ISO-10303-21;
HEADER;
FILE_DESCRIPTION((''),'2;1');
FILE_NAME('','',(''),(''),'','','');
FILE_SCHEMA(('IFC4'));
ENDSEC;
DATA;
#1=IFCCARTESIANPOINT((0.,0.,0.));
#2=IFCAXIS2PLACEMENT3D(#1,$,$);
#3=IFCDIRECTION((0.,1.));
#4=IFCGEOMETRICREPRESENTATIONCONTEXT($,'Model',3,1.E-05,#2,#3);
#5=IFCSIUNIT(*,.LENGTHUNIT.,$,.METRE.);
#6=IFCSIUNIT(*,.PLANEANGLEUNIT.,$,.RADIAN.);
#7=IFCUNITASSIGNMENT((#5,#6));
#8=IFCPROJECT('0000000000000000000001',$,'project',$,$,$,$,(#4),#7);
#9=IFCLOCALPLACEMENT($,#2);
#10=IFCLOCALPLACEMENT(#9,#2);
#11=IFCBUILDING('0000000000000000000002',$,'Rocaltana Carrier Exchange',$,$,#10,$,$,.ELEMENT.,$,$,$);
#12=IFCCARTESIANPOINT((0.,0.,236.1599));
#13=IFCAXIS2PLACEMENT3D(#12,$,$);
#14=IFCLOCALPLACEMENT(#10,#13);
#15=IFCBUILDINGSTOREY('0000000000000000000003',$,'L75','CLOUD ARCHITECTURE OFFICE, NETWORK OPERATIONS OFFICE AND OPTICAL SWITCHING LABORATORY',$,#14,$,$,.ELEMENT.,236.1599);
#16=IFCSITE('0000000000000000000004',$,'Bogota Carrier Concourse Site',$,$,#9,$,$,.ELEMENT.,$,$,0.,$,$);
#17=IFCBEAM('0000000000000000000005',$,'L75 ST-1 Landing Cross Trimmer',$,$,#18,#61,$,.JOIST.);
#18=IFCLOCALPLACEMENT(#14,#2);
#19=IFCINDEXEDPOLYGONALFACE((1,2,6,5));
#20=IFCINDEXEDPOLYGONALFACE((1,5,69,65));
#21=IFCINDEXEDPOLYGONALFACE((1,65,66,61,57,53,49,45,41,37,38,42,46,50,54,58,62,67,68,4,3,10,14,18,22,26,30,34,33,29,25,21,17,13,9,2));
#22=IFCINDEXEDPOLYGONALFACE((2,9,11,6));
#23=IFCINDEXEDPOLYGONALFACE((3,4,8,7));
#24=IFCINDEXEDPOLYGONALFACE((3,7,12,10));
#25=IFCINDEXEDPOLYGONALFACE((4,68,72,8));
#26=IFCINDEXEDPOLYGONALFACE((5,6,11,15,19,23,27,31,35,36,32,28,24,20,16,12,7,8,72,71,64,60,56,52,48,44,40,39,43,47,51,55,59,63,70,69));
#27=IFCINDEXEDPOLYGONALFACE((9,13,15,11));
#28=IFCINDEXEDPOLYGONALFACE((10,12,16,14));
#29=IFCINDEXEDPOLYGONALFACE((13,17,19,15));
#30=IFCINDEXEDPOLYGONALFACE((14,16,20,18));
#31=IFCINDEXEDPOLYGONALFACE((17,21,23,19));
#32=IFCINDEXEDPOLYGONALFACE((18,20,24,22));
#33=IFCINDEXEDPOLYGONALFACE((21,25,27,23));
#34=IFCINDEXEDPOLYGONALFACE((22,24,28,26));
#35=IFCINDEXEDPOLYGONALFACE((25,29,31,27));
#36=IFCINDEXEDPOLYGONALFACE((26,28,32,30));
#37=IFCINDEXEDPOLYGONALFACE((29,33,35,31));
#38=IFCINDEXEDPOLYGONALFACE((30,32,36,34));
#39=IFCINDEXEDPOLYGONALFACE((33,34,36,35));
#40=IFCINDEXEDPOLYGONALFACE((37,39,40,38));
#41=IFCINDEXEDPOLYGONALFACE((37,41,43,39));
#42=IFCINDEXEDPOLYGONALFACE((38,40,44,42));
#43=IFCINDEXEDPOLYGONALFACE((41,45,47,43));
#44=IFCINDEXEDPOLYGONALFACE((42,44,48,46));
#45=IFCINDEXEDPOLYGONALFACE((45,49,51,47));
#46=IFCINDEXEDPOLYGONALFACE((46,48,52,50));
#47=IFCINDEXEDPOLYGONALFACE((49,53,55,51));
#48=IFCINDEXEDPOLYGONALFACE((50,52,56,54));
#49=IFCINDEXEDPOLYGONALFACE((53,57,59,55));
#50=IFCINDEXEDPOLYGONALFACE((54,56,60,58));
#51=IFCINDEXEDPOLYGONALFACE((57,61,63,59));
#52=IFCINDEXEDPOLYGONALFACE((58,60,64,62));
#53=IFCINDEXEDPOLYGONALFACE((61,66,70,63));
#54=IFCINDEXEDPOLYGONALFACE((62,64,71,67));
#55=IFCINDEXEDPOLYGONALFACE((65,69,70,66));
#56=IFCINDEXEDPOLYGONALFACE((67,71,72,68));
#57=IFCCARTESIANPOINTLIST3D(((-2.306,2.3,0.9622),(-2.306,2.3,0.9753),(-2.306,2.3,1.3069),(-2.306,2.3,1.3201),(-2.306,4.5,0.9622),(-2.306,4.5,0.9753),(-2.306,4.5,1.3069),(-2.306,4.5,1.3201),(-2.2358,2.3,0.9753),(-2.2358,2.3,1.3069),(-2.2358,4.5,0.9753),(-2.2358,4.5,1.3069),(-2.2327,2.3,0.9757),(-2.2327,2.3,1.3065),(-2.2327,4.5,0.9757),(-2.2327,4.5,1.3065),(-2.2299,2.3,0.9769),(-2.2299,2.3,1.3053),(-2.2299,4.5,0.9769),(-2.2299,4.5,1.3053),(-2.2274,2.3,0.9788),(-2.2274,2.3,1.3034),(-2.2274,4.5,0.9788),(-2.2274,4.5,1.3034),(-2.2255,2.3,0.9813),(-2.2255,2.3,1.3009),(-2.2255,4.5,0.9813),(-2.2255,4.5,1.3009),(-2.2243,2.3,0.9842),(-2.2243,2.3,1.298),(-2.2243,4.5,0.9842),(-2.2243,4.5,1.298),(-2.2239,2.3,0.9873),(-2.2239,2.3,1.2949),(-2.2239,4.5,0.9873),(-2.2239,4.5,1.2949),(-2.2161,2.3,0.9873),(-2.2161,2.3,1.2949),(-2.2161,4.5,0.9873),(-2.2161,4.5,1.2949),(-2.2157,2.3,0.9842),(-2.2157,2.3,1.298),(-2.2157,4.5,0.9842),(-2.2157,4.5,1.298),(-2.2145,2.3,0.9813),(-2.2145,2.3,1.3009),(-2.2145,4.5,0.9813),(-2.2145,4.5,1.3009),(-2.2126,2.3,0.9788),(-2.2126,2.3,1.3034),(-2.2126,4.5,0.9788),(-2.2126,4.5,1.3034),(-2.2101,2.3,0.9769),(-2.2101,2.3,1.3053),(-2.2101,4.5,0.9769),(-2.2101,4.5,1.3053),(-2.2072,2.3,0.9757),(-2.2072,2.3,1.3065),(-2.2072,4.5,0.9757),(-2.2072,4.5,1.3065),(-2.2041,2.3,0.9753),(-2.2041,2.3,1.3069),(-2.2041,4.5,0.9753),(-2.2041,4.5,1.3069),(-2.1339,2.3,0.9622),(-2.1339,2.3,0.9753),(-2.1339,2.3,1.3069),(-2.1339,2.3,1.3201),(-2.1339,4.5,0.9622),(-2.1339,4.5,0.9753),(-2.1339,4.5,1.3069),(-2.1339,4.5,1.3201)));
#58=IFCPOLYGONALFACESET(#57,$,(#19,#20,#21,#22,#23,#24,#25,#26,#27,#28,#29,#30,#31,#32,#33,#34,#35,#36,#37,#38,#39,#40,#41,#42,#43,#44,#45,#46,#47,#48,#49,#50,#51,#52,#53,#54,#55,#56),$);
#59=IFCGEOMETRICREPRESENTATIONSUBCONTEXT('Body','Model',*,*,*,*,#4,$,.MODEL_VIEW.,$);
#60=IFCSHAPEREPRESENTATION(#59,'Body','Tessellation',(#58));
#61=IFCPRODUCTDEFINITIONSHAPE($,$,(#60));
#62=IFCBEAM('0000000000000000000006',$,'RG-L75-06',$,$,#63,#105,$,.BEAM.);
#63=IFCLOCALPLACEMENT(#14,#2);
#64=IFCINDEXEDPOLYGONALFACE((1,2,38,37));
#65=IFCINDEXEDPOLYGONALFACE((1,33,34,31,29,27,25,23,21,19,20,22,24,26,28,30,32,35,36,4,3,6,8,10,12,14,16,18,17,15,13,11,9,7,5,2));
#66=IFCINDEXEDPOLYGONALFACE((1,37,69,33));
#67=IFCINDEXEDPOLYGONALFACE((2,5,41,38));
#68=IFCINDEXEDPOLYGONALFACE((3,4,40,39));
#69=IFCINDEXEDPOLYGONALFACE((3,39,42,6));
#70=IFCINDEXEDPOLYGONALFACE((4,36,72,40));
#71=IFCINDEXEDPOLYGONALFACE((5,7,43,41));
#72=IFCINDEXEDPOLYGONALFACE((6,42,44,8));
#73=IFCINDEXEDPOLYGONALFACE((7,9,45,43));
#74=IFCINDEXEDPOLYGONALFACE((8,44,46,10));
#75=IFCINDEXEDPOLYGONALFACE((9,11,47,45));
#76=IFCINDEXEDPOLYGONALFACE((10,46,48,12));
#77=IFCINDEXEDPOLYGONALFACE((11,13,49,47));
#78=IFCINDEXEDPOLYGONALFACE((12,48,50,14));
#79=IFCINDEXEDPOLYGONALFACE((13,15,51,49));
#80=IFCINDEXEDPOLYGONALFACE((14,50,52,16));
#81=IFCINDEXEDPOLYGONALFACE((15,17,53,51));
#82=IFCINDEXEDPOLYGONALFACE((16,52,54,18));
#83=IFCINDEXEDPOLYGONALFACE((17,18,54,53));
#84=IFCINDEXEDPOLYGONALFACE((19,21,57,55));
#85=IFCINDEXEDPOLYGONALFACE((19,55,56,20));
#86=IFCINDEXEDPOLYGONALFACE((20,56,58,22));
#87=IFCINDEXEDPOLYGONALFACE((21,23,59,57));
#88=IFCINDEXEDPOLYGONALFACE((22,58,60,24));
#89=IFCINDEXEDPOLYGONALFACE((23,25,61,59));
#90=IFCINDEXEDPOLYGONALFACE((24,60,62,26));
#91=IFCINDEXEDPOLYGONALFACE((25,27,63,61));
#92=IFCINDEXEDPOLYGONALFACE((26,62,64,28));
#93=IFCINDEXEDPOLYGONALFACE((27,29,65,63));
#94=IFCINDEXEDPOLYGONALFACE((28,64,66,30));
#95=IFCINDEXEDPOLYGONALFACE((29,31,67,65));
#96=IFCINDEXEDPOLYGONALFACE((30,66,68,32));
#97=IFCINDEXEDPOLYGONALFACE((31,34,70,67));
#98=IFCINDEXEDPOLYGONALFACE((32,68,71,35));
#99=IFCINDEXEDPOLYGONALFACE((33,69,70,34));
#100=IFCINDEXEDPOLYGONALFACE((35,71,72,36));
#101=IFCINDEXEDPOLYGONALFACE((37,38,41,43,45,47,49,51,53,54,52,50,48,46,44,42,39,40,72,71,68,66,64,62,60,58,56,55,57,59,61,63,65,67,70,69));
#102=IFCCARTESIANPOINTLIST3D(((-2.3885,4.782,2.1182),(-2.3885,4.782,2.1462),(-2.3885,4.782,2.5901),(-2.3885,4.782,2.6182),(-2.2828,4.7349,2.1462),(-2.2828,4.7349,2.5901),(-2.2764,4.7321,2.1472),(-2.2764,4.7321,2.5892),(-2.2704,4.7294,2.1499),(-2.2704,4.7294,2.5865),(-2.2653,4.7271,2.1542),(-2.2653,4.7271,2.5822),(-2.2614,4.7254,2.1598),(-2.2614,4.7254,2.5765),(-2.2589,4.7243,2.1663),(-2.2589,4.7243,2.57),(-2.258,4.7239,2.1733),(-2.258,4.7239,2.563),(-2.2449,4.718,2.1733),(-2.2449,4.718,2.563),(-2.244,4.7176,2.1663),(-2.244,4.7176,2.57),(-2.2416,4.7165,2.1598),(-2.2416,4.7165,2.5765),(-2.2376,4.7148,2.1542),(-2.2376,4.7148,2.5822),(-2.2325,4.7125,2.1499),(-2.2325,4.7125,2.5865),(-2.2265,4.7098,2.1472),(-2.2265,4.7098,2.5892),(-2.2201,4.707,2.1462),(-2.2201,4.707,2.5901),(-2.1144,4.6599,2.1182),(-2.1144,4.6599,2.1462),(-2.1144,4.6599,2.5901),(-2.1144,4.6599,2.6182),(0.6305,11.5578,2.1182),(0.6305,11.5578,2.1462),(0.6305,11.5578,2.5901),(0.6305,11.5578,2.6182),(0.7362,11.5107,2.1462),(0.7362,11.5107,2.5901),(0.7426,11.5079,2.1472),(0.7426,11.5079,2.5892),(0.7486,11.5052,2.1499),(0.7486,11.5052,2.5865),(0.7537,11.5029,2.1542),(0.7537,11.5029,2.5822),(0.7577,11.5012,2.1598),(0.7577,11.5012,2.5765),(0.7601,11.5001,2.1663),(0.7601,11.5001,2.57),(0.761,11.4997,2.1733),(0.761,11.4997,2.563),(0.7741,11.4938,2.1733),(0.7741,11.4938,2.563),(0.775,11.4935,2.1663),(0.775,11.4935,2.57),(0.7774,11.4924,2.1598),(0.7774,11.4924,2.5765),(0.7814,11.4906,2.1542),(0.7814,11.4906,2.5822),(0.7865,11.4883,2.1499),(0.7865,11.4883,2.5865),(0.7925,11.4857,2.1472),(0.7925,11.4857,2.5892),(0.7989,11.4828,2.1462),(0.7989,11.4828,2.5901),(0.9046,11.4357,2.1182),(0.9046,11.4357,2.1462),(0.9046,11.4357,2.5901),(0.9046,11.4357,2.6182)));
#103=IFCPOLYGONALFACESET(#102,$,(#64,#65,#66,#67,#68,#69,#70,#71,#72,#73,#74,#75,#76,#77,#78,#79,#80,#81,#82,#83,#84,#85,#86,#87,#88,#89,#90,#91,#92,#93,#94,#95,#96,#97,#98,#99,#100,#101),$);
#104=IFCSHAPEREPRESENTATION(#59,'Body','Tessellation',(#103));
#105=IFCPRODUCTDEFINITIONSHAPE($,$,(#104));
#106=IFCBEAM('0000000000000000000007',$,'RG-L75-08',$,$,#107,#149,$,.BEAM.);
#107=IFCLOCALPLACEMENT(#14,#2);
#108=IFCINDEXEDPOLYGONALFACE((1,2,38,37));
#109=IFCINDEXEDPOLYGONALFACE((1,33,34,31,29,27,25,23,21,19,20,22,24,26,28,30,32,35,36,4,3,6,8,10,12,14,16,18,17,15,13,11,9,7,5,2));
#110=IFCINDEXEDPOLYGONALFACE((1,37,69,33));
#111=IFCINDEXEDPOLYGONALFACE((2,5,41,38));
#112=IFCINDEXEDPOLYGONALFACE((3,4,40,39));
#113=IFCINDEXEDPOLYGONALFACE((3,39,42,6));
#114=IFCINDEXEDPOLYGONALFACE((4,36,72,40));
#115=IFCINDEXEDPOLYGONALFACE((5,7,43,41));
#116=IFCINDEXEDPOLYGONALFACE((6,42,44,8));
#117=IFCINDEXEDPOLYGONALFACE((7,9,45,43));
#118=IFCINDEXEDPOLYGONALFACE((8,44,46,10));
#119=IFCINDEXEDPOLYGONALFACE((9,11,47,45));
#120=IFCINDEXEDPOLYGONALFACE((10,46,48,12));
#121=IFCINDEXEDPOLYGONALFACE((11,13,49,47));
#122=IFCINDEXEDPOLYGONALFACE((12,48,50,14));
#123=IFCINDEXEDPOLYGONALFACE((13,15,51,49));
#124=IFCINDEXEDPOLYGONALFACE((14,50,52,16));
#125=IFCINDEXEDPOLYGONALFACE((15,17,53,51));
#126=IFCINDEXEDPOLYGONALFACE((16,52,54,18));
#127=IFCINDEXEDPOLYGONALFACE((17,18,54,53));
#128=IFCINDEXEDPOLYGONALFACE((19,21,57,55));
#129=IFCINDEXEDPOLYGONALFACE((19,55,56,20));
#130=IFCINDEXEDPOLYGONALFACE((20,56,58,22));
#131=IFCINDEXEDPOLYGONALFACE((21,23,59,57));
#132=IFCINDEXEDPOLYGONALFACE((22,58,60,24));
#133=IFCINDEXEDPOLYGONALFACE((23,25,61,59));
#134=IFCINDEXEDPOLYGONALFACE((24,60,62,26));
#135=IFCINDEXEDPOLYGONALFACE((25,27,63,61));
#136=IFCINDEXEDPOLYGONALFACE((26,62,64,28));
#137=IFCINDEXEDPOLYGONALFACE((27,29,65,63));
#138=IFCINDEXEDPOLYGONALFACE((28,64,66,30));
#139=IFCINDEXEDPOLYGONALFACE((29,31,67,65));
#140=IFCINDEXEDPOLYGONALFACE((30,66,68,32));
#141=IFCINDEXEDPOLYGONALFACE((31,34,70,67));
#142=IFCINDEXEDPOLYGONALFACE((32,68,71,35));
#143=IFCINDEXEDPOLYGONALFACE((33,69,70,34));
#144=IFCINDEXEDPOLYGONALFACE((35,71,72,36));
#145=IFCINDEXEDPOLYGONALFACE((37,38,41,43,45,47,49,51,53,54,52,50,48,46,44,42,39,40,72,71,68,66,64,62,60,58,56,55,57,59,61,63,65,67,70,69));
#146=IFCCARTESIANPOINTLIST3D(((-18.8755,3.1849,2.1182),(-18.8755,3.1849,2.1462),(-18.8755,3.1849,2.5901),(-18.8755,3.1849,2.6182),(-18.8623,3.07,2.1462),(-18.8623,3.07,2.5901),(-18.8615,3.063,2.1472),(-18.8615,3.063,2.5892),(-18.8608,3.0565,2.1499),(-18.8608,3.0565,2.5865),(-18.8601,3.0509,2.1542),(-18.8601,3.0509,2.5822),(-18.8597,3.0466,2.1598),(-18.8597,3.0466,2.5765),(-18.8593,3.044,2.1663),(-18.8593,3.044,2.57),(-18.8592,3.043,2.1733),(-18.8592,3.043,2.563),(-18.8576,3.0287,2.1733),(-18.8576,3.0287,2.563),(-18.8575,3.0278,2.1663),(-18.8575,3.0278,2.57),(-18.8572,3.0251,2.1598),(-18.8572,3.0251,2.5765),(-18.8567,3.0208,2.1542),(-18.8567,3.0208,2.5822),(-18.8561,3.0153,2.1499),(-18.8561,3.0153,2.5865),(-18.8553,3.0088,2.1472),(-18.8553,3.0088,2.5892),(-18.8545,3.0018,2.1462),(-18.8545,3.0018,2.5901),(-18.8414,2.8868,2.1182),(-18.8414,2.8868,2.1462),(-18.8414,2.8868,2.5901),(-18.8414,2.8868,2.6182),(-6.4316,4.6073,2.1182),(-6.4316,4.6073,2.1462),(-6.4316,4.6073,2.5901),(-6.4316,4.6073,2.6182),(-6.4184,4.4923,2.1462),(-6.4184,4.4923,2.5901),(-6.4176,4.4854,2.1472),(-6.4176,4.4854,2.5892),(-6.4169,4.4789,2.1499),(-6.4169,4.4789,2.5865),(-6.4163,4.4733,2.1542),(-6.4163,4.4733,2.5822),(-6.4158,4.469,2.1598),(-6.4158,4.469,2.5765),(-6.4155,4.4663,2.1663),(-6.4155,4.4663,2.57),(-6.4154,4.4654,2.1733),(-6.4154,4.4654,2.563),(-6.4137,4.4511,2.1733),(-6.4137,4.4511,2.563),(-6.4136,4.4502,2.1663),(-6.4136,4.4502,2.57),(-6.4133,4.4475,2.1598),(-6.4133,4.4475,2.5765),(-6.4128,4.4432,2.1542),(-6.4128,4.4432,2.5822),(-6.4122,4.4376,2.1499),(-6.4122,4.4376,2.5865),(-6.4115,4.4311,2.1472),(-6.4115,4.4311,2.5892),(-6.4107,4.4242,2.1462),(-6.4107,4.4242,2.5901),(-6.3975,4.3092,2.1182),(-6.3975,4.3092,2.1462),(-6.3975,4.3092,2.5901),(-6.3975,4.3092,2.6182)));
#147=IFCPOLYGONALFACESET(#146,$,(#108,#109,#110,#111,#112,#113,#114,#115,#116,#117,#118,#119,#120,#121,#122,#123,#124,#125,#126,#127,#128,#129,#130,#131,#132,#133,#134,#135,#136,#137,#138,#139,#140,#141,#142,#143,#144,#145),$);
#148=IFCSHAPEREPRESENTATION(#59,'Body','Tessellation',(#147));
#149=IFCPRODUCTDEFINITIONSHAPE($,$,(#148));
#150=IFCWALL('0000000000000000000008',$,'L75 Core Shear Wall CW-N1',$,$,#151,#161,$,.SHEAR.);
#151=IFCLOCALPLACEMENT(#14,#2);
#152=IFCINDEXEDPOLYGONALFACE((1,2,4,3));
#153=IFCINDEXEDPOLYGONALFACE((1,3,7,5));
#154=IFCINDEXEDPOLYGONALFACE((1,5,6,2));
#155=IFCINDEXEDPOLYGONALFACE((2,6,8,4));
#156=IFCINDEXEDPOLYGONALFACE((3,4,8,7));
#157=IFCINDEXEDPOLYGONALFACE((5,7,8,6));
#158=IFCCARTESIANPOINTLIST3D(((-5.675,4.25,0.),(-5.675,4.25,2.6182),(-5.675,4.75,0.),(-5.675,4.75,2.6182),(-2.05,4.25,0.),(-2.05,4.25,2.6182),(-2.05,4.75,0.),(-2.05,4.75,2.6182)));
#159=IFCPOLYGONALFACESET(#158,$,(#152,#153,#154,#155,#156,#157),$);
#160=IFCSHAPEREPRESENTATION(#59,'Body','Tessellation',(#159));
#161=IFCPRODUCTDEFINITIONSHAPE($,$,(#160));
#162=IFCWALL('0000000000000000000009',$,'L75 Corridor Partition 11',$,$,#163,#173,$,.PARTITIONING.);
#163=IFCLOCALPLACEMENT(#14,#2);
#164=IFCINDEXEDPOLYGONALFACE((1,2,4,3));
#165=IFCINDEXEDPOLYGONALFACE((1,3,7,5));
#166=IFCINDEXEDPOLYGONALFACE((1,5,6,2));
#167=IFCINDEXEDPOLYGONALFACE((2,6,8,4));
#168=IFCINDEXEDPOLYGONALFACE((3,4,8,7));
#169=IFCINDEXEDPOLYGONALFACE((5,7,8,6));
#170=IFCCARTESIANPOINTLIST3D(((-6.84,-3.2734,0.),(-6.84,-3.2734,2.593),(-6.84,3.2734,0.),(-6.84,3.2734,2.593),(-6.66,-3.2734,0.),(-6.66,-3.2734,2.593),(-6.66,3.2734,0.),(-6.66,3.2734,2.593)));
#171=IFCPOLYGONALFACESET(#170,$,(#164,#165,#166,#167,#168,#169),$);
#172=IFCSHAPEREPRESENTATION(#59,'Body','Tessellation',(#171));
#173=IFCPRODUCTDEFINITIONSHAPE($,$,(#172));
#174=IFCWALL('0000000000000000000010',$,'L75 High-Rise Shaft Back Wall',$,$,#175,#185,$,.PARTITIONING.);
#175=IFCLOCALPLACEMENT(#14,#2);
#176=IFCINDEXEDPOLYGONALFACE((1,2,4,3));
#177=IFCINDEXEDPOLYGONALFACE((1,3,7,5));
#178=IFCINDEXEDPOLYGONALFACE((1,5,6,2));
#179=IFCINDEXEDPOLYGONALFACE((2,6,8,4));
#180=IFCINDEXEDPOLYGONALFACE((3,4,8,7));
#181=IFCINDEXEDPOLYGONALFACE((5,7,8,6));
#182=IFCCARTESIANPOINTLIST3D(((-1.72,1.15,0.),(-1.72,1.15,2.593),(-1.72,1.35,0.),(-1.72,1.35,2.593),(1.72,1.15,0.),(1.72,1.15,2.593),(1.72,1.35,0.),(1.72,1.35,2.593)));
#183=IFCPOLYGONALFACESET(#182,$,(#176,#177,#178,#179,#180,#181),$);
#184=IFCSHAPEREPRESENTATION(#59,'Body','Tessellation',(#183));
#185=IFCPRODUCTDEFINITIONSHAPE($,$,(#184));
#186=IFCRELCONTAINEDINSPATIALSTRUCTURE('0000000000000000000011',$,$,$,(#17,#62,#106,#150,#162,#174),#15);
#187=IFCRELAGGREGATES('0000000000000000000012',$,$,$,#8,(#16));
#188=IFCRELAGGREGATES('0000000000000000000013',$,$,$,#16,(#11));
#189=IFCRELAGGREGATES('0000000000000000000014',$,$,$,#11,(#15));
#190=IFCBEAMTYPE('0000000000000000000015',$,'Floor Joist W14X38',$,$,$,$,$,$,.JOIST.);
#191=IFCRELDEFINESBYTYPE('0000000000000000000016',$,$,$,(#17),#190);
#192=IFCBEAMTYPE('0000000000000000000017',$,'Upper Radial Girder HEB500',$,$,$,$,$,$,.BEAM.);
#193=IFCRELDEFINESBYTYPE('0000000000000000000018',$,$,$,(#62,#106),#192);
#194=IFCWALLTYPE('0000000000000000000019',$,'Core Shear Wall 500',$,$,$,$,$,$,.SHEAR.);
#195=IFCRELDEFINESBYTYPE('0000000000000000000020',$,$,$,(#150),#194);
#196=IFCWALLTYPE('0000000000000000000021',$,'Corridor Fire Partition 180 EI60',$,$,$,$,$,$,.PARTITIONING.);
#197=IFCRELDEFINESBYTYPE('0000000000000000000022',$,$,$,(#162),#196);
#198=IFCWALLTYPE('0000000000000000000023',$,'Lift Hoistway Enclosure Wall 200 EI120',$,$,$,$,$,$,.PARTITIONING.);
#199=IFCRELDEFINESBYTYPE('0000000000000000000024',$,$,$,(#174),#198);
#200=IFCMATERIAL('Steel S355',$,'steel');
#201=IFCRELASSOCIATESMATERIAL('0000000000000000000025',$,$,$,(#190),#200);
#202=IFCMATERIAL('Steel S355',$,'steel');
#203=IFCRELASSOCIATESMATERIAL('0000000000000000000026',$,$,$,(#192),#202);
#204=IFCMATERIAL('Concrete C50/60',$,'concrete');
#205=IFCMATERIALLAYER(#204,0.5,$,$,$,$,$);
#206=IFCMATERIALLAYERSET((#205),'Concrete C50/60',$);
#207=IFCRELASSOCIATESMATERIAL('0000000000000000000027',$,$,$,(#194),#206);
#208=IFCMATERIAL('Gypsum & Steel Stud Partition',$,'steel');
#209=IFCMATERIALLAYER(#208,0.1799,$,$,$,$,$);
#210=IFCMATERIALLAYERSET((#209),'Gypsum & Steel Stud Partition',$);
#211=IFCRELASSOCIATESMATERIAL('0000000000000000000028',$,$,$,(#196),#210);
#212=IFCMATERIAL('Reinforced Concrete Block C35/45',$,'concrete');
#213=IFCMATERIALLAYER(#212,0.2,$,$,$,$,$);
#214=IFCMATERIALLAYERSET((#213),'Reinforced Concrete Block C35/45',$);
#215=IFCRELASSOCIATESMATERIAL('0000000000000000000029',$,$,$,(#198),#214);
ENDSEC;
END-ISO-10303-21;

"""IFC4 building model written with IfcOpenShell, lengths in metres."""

from ifc_helpers import new_model, si_unit, direction, frame, frame_2d, origin, origin_2d, place, context, subcontext, project, spatial, rectangle, i_section, extrude, material, layer, layer_set, material_profile, profile_set, type_object, element, save


model = new_model("IFC4")

# Units and contexts
model_context = context("Model", 3, precision=1e-05, world=origin(), true_north=direction((0.0, 1.0)))
body_context = subcontext(model_context, "Body", "Model", "MODEL_VIEW")
ifc_project = project(units=[si_unit("LENGTHUNIT", "METRE"), si_unit("PLANEANGLEUNIT", "RADIAN")], contexts=[model_context])

# Site, building, storey
site_placement = place(None, origin())
site = spatial("IfcSite", under=ifc_project, at=site_placement, Name="Bogota Carrier Concourse Site", CompositionType="ELEMENT", RefElevation=0.0)
building_placement = place(site_placement, origin())
building = spatial("IfcBuilding", under=site, at=building_placement, Name="Rocaltana Carrier Exchange", CompositionType="ELEMENT")
storey_placement = place(building_placement, frame((0.0, 0.0, 236.1599)))
storey = spatial("IfcBuildingStorey", under=building, at=storey_placement, Name="L75", Description="CLOUD ARCHITECTURE OFFICE, NETWORK OPERATIONS OFFICE AND OPTICAL SWITCHING LABORATORY", CompositionType="ELEMENT", Elevation=236.1599)

# Beams
ifc_material_1 = material(Name="Steel S355", Category="steel")
ifc_material_profile_1 = material_profile(ifc_material_1, i_section(OverallWidth=0.1721, OverallDepth=0.3579, WebThickness=0.0078, FlangeThickness=0.0132, FilletRadius=0.012, at=origin_2d()), Name="W14X38")
ifc_profile_set_1 = profile_set([ifc_material_profile_1], Name="Steel S355")
beam_type_1 = type_object("IfcBeamType", Name="Floor Joist W14X38", PredefinedType="JOIST", material=ifc_profile_set_1)
beam_1_placement = place(storey_placement, frame((-2.22, 2.3, 1.1411), z_axis=(0.0, 1.0, 0.0), x_axis=(-1.0, 0.0, 0.0)))
element("IfcBeam", 1, at=beam_1_placement, inside=storey, type_object=beam_type_1, Name="L75 ST-1 Landing Cross Trimmer", PredefinedType="JOIST", context=body_context, shape_type="SweptSolid", body=[
    extrude(i_section(OverallWidth=0.1721, OverallDepth=0.3579, WebThickness=0.0078, FlangeThickness=0.0132, FilletRadius=0.012, at=origin_2d()), origin(), (0.0, 0.0, 1.0), 2.2),
])
ifc_material_2 = material(Name="Steel S355", Category="steel")
ifc_material_profile_2 = material_profile(ifc_material_2, i_section(OverallWidth=0.3, OverallDepth=0.5, WebThickness=0.0144, FlangeThickness=0.0281, FilletRadius=0.0271, at=origin_2d()), Name="HEB500")
ifc_profile_set_2 = profile_set([ifc_material_profile_2], Name="Steel S355")
beam_type_2 = type_object("IfcBeamType", Name="Upper Radial Girder HEB500", PredefinedType="BEAM", material=ifc_profile_set_2)
beam_2_placement = place(storey_placement, frame((-2.2515, 4.7209, 2.3682), z_axis=(0.406987, 0.913434, 0.0), x_axis=(-0.913434, 0.406987, 0.0)))
element("IfcBeam", 2, at=beam_2_placement, inside=storey, type_object=beam_type_2, Name="RG-L75-06", PredefinedType="BEAM", context=body_context, shape_type="SweptSolid", body=[
    extrude(i_section(OverallWidth=0.3, OverallDepth=0.5, WebThickness=0.0144, FlangeThickness=0.0281, FilletRadius=0.0271, at=origin_2d()), origin(), (0.0, 0.0, 1.0), 7.418),
])
beam_3_placement = place(storey_placement, frame((-6.4146, 4.4583, 2.3682), z_axis=(-0.993531, -0.113563, 0.0), x_axis=(0.113563, -0.993531, 0.0)))
element("IfcBeam", 3, at=beam_3_placement, inside=storey, type_object=beam_type_2, Name="RG-L75-08", PredefinedType="BEAM", context=body_context, shape_type="SweptSolid", body=[
    extrude(i_section(OverallWidth=0.3, OverallDepth=0.5, WebThickness=0.0144, FlangeThickness=0.0281, FilletRadius=0.0271, at=origin_2d()), origin(), (0.0, 0.0, 1.0), 12.5249),
])

# Walls
ifc_material_3 = material(Name="Concrete C50/60", Category="concrete")
ifc_layer_1 = layer(ifc_material_3, 0.5)
ifc_layer_set_1 = layer_set([ifc_layer_1], Name="Concrete C50/60")
wall_type_1 = type_object("IfcWallType", Name="Core Shear Wall 500", PredefinedType="SHEAR", material=ifc_layer_set_1)
wall_1_placement = place(storey_placement, frame((-5.675, 4.5, 0.0), z_axis=(0.0, 0.0, 1.0), x_axis=(1.0, 0.0, 0.0)))
element("IfcWall", 4, at=wall_1_placement, inside=storey, type_object=wall_type_1, Name="L75 Core Shear Wall CW-N1", PredefinedType="SHEAR", context=body_context, shape_type="SweptSolid", body=[
    extrude(rectangle(XDim=3.625, YDim=0.5, at=frame_2d((1.8125, 0.0))), origin(), (0.0, 0.0, 1.0), 2.6182),
])
ifc_material_4 = material(Name="Gypsum & Steel Stud Partition", Category="steel")
ifc_layer_2 = layer(ifc_material_4, 0.1799)
ifc_layer_set_2 = layer_set([ifc_layer_2], Name="Gypsum & Steel Stud Partition")
wall_type_2 = type_object("IfcWallType", Name="Corridor Fire Partition 180 EI60", PredefinedType="PARTITIONING", material=ifc_layer_set_2)
wall_2_placement = place(storey_placement, frame((-6.75, 3.2734, 0.0), z_axis=(0.0, 0.0, 1.0), x_axis=(0.0, -1.0, 0.0)))
element("IfcWall", 5, at=wall_2_placement, inside=storey, type_object=wall_type_2, Name="L75 Corridor Partition 11", PredefinedType="PARTITIONING", context=body_context, shape_type="SweptSolid", body=[
    extrude(rectangle(XDim=6.5469, YDim=0.1799, at=frame_2d((3.2734, 0.0))), origin(), (0.0, 0.0, 1.0), 2.593),
])
ifc_material_5 = material(Name="Reinforced Concrete Block C35/45", Category="concrete")
ifc_layer_3 = layer(ifc_material_5, 0.2)
ifc_layer_set_3 = layer_set([ifc_layer_3], Name="Reinforced Concrete Block C35/45")
wall_type_3 = type_object("IfcWallType", Name="Lift Hoistway Enclosure Wall 200 EI120", PredefinedType="PARTITIONING", material=ifc_layer_set_3)
wall_3_placement = place(storey_placement, frame((-1.72, 1.25, 0.0), z_axis=(0.0, 0.0, 1.0), x_axis=(1.0, 0.0, 0.0)))
element("IfcWall", 6, at=wall_3_placement, inside=storey, type_object=wall_type_3, Name="L75 High-Rise Shaft Back Wall", PredefinedType="PARTITIONING", context=body_context, shape_type="SweptSolid", body=[
    extrude(rectangle(XDim=3.4399, YDim=0.2, at=frame_2d((1.72, 0.0))), origin(), (0.0, 0.0, 1.0), 2.593),
])

save(model, "model.ifc")
